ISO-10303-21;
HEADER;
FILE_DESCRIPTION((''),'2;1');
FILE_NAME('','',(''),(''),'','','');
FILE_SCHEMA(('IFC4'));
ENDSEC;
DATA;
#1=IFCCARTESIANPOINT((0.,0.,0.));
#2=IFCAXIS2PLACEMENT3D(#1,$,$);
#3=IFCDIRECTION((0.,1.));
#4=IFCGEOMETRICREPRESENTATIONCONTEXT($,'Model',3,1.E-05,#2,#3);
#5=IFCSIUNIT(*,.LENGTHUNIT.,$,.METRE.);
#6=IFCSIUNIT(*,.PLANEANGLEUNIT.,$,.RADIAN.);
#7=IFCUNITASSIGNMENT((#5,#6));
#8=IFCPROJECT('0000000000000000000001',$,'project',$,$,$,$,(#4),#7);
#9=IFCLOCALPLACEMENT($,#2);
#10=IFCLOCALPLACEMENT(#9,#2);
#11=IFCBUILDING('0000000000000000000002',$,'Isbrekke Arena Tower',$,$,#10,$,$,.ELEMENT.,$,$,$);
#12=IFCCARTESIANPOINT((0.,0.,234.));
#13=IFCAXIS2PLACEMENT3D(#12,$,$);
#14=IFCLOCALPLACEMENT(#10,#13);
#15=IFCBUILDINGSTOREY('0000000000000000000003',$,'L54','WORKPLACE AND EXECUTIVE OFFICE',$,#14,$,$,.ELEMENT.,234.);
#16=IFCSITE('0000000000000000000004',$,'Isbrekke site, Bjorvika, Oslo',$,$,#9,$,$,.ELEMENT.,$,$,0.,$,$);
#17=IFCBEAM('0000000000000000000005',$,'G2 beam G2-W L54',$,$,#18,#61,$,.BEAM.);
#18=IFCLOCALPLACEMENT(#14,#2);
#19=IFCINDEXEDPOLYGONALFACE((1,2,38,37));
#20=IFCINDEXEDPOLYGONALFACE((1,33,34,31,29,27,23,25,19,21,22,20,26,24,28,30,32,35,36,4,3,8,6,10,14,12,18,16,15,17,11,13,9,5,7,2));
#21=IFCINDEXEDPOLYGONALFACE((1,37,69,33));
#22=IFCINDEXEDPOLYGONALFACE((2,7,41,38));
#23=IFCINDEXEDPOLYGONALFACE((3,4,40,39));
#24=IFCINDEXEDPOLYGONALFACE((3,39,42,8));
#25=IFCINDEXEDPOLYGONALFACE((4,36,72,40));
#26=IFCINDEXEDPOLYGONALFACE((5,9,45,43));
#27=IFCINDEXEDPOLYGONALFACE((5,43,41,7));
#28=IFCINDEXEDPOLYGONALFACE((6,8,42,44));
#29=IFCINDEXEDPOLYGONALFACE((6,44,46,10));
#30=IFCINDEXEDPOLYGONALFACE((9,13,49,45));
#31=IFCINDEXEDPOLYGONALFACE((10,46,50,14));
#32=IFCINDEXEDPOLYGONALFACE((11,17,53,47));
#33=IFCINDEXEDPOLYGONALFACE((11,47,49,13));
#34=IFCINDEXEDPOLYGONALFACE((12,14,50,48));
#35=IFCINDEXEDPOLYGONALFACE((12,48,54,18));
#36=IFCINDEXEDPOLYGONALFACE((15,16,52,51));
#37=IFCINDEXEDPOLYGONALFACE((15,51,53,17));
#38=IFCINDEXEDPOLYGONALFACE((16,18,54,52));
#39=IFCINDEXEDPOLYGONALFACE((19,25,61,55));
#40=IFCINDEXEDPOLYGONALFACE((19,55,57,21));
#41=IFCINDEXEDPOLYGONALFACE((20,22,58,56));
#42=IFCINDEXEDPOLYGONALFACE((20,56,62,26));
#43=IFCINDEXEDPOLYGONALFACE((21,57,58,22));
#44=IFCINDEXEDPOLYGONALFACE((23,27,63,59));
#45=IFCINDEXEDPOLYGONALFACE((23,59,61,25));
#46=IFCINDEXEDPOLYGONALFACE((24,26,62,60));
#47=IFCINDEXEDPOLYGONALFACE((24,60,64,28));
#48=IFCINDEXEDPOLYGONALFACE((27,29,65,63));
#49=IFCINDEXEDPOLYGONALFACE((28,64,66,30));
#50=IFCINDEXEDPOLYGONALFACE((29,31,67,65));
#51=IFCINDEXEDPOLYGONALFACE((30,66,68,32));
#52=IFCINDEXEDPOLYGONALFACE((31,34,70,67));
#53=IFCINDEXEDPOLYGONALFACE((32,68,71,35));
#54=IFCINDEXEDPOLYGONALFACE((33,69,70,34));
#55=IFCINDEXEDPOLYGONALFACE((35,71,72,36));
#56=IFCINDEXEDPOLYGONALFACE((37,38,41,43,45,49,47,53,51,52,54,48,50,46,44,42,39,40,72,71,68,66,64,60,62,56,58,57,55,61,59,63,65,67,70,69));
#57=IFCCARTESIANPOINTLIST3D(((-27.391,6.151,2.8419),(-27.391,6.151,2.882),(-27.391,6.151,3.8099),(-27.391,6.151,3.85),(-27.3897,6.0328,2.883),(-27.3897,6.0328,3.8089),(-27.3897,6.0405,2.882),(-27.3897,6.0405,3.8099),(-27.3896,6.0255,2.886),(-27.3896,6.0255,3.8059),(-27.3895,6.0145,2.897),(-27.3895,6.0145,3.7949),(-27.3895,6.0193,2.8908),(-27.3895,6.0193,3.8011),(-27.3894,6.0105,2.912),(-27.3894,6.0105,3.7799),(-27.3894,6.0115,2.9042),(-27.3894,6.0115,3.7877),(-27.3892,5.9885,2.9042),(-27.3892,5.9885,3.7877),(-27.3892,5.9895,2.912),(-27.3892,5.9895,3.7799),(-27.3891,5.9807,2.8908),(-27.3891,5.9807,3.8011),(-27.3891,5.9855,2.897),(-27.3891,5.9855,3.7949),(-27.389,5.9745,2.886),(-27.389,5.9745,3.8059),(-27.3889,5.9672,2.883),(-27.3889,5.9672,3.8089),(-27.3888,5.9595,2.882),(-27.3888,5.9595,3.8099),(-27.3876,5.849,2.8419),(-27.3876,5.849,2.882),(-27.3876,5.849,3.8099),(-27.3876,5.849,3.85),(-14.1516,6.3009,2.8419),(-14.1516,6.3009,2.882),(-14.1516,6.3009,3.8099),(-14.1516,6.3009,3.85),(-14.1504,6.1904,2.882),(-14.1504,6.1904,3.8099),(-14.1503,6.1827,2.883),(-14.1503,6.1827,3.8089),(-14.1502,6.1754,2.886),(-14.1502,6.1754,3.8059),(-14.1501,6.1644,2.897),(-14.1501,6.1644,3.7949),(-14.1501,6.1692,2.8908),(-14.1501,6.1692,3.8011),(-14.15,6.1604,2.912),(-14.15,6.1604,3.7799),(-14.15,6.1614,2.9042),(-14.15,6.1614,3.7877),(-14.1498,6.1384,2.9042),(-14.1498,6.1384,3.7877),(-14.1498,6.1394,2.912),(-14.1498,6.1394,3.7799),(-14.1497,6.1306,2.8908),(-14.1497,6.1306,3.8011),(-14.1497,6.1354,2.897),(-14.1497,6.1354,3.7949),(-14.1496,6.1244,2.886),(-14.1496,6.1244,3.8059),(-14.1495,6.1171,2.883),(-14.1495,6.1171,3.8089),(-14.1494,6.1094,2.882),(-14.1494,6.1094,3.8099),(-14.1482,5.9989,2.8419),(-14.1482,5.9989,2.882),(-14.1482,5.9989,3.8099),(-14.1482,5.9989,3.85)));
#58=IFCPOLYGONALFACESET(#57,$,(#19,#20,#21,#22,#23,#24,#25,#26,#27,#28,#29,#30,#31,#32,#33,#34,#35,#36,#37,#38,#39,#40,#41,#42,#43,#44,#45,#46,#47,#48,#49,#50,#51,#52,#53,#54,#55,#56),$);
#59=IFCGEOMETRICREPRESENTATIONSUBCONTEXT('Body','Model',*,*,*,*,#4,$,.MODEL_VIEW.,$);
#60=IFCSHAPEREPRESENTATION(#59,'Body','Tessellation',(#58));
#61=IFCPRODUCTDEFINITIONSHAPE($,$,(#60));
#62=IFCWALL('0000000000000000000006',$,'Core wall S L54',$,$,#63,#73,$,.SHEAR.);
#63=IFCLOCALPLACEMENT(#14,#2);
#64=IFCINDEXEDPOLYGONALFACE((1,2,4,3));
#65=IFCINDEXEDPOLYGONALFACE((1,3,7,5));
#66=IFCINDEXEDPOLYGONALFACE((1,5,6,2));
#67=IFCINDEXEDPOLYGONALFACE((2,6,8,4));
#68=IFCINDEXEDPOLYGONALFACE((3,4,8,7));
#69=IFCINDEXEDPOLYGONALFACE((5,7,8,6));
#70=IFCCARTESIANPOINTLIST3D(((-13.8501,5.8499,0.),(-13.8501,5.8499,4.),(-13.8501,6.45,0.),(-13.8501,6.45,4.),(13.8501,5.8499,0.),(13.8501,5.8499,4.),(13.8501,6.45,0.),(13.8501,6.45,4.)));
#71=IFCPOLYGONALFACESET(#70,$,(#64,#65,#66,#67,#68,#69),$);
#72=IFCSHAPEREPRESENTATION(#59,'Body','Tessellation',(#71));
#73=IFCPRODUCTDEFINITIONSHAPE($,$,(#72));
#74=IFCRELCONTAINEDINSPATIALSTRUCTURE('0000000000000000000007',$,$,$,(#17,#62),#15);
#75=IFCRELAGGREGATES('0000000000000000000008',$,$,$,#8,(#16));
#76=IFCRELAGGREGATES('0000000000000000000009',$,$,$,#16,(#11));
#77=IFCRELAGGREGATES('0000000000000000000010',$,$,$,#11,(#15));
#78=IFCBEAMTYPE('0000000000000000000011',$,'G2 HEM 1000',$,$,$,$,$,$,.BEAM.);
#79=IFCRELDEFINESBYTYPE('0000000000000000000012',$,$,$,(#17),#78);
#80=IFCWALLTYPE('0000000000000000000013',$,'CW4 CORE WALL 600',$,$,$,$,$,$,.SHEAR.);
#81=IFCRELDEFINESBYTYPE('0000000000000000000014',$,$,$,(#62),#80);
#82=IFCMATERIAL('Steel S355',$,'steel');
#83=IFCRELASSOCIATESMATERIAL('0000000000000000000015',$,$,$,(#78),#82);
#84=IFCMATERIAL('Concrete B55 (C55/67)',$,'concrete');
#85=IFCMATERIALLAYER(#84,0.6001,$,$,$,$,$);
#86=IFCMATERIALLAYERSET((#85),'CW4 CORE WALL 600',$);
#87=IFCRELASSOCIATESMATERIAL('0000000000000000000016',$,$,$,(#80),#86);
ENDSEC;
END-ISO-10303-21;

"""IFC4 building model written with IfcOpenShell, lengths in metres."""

from ifc_helpers import new_model, si_unit, direction, frame, frame_2d, origin, origin_2d, place, context, subcontext, project, spatial, rectangle, i_section, extrude, material, layer, layer_set, material_profile, profile_set, type_object, element, save


model = new_model("IFC4")

# Units and contexts
model_context = context("Model", 3, precision=1e-05, world=origin(), true_north=direction((0.0, 1.0)))
body_context = subcontext(model_context, "Body", "Model", "MODEL_VIEW")
ifc_project = project(units=[si_unit("LENGTHUNIT", "METRE"), si_unit("PLANEANGLEUNIT", "RADIAN")], contexts=[model_context])

# Site, building, storey
site_placement = place(None, origin())
site = spatial("IfcSite", under=ifc_project, at=site_placement, Name="Isbrekke site, Bjorvika, Oslo", CompositionType="ELEMENT", RefElevation=0.0)
building_placement = place(site_placement, origin())
building = spatial("IfcBuilding", under=site, at=building_placement, Name="Isbrekke Arena Tower", CompositionType="ELEMENT")
storey_placement = place(building_placement, frame((0.0, 0.0, 234.0)))
storey = spatial("IfcBuildingStorey", under=building, at=storey_placement, Name="L54", Description="WORKPLACE AND EXECUTIVE OFFICE", CompositionType="ELEMENT", Elevation=234.0)

# Beam
ifc_material_1 = material(Name="Steel S355", Category="steel")
ifc_material_profile = material_profile(ifc_material_1, i_section(OverallWidth=0.302, OverallDepth=1.0081, WebThickness=0.021, FlangeThickness=0.04, FilletRadius=0.03, at=origin_2d()), Name="HEM 1000")
ifc_profile_set = profile_set([ifc_material_profile], Name="Steel S355")
beam_type = type_object("IfcBeamType", Name="G2 HEM 1000", PredefinedType="BEAM", material=ifc_profile_set)
beam_placement = place(storey_placement, frame((-14.1499, 6.1499, 3.3459), z_axis=(-0.999936, -0.011322, 0.0), x_axis=(0.011322, -0.999936, 0.0)))
element("IfcBeam", 1, at=beam_placement, inside=storey, type_object=beam_type, Name="G2 beam G2-W L54", PredefinedType="BEAM", context=body_context, shape_type="SweptSolid", body=[
    extrude(i_section(OverallWidth=0.302, OverallDepth=1.0081, WebThickness=0.021, FlangeThickness=0.04, FilletRadius=0.03, at=origin_2d()), origin(), (0.0, 0.0, 1.0), 13.2402),
])

# Wall
ifc_material_2 = material(Name="Concrete B55 (C55/67)", Category="concrete")
ifc_layer_1 = layer(ifc_material_2, 0.6001)
ifc_layer_set_1 = layer_set([ifc_layer_1], Name="CW4 CORE WALL 600")
wall_type_1 = type_object("IfcWallType", Name="CW4 CORE WALL 600", PredefinedType="SHEAR", material=ifc_layer_set_1)
wall_1_placement = place(storey_placement, frame((-13.8501, 6.1499, 0.0), z_axis=(0.0, 0.0, 1.0), x_axis=(1.0, 0.0, 0.0)))
element("IfcWall", 2, at=wall_1_placement, inside=storey, type_object=wall_type_1, Name="Core wall S L54", PredefinedType="SHEAR", context=body_context, shape_type="SweptSolid", body=[
    extrude(rectangle(XDim=27.7002, YDim=0.6001, at=frame_2d((13.8501, 0.0))), origin(), (0.0, 0.0, 1.0), 4.0),
])

save(model, "model.ifc")
